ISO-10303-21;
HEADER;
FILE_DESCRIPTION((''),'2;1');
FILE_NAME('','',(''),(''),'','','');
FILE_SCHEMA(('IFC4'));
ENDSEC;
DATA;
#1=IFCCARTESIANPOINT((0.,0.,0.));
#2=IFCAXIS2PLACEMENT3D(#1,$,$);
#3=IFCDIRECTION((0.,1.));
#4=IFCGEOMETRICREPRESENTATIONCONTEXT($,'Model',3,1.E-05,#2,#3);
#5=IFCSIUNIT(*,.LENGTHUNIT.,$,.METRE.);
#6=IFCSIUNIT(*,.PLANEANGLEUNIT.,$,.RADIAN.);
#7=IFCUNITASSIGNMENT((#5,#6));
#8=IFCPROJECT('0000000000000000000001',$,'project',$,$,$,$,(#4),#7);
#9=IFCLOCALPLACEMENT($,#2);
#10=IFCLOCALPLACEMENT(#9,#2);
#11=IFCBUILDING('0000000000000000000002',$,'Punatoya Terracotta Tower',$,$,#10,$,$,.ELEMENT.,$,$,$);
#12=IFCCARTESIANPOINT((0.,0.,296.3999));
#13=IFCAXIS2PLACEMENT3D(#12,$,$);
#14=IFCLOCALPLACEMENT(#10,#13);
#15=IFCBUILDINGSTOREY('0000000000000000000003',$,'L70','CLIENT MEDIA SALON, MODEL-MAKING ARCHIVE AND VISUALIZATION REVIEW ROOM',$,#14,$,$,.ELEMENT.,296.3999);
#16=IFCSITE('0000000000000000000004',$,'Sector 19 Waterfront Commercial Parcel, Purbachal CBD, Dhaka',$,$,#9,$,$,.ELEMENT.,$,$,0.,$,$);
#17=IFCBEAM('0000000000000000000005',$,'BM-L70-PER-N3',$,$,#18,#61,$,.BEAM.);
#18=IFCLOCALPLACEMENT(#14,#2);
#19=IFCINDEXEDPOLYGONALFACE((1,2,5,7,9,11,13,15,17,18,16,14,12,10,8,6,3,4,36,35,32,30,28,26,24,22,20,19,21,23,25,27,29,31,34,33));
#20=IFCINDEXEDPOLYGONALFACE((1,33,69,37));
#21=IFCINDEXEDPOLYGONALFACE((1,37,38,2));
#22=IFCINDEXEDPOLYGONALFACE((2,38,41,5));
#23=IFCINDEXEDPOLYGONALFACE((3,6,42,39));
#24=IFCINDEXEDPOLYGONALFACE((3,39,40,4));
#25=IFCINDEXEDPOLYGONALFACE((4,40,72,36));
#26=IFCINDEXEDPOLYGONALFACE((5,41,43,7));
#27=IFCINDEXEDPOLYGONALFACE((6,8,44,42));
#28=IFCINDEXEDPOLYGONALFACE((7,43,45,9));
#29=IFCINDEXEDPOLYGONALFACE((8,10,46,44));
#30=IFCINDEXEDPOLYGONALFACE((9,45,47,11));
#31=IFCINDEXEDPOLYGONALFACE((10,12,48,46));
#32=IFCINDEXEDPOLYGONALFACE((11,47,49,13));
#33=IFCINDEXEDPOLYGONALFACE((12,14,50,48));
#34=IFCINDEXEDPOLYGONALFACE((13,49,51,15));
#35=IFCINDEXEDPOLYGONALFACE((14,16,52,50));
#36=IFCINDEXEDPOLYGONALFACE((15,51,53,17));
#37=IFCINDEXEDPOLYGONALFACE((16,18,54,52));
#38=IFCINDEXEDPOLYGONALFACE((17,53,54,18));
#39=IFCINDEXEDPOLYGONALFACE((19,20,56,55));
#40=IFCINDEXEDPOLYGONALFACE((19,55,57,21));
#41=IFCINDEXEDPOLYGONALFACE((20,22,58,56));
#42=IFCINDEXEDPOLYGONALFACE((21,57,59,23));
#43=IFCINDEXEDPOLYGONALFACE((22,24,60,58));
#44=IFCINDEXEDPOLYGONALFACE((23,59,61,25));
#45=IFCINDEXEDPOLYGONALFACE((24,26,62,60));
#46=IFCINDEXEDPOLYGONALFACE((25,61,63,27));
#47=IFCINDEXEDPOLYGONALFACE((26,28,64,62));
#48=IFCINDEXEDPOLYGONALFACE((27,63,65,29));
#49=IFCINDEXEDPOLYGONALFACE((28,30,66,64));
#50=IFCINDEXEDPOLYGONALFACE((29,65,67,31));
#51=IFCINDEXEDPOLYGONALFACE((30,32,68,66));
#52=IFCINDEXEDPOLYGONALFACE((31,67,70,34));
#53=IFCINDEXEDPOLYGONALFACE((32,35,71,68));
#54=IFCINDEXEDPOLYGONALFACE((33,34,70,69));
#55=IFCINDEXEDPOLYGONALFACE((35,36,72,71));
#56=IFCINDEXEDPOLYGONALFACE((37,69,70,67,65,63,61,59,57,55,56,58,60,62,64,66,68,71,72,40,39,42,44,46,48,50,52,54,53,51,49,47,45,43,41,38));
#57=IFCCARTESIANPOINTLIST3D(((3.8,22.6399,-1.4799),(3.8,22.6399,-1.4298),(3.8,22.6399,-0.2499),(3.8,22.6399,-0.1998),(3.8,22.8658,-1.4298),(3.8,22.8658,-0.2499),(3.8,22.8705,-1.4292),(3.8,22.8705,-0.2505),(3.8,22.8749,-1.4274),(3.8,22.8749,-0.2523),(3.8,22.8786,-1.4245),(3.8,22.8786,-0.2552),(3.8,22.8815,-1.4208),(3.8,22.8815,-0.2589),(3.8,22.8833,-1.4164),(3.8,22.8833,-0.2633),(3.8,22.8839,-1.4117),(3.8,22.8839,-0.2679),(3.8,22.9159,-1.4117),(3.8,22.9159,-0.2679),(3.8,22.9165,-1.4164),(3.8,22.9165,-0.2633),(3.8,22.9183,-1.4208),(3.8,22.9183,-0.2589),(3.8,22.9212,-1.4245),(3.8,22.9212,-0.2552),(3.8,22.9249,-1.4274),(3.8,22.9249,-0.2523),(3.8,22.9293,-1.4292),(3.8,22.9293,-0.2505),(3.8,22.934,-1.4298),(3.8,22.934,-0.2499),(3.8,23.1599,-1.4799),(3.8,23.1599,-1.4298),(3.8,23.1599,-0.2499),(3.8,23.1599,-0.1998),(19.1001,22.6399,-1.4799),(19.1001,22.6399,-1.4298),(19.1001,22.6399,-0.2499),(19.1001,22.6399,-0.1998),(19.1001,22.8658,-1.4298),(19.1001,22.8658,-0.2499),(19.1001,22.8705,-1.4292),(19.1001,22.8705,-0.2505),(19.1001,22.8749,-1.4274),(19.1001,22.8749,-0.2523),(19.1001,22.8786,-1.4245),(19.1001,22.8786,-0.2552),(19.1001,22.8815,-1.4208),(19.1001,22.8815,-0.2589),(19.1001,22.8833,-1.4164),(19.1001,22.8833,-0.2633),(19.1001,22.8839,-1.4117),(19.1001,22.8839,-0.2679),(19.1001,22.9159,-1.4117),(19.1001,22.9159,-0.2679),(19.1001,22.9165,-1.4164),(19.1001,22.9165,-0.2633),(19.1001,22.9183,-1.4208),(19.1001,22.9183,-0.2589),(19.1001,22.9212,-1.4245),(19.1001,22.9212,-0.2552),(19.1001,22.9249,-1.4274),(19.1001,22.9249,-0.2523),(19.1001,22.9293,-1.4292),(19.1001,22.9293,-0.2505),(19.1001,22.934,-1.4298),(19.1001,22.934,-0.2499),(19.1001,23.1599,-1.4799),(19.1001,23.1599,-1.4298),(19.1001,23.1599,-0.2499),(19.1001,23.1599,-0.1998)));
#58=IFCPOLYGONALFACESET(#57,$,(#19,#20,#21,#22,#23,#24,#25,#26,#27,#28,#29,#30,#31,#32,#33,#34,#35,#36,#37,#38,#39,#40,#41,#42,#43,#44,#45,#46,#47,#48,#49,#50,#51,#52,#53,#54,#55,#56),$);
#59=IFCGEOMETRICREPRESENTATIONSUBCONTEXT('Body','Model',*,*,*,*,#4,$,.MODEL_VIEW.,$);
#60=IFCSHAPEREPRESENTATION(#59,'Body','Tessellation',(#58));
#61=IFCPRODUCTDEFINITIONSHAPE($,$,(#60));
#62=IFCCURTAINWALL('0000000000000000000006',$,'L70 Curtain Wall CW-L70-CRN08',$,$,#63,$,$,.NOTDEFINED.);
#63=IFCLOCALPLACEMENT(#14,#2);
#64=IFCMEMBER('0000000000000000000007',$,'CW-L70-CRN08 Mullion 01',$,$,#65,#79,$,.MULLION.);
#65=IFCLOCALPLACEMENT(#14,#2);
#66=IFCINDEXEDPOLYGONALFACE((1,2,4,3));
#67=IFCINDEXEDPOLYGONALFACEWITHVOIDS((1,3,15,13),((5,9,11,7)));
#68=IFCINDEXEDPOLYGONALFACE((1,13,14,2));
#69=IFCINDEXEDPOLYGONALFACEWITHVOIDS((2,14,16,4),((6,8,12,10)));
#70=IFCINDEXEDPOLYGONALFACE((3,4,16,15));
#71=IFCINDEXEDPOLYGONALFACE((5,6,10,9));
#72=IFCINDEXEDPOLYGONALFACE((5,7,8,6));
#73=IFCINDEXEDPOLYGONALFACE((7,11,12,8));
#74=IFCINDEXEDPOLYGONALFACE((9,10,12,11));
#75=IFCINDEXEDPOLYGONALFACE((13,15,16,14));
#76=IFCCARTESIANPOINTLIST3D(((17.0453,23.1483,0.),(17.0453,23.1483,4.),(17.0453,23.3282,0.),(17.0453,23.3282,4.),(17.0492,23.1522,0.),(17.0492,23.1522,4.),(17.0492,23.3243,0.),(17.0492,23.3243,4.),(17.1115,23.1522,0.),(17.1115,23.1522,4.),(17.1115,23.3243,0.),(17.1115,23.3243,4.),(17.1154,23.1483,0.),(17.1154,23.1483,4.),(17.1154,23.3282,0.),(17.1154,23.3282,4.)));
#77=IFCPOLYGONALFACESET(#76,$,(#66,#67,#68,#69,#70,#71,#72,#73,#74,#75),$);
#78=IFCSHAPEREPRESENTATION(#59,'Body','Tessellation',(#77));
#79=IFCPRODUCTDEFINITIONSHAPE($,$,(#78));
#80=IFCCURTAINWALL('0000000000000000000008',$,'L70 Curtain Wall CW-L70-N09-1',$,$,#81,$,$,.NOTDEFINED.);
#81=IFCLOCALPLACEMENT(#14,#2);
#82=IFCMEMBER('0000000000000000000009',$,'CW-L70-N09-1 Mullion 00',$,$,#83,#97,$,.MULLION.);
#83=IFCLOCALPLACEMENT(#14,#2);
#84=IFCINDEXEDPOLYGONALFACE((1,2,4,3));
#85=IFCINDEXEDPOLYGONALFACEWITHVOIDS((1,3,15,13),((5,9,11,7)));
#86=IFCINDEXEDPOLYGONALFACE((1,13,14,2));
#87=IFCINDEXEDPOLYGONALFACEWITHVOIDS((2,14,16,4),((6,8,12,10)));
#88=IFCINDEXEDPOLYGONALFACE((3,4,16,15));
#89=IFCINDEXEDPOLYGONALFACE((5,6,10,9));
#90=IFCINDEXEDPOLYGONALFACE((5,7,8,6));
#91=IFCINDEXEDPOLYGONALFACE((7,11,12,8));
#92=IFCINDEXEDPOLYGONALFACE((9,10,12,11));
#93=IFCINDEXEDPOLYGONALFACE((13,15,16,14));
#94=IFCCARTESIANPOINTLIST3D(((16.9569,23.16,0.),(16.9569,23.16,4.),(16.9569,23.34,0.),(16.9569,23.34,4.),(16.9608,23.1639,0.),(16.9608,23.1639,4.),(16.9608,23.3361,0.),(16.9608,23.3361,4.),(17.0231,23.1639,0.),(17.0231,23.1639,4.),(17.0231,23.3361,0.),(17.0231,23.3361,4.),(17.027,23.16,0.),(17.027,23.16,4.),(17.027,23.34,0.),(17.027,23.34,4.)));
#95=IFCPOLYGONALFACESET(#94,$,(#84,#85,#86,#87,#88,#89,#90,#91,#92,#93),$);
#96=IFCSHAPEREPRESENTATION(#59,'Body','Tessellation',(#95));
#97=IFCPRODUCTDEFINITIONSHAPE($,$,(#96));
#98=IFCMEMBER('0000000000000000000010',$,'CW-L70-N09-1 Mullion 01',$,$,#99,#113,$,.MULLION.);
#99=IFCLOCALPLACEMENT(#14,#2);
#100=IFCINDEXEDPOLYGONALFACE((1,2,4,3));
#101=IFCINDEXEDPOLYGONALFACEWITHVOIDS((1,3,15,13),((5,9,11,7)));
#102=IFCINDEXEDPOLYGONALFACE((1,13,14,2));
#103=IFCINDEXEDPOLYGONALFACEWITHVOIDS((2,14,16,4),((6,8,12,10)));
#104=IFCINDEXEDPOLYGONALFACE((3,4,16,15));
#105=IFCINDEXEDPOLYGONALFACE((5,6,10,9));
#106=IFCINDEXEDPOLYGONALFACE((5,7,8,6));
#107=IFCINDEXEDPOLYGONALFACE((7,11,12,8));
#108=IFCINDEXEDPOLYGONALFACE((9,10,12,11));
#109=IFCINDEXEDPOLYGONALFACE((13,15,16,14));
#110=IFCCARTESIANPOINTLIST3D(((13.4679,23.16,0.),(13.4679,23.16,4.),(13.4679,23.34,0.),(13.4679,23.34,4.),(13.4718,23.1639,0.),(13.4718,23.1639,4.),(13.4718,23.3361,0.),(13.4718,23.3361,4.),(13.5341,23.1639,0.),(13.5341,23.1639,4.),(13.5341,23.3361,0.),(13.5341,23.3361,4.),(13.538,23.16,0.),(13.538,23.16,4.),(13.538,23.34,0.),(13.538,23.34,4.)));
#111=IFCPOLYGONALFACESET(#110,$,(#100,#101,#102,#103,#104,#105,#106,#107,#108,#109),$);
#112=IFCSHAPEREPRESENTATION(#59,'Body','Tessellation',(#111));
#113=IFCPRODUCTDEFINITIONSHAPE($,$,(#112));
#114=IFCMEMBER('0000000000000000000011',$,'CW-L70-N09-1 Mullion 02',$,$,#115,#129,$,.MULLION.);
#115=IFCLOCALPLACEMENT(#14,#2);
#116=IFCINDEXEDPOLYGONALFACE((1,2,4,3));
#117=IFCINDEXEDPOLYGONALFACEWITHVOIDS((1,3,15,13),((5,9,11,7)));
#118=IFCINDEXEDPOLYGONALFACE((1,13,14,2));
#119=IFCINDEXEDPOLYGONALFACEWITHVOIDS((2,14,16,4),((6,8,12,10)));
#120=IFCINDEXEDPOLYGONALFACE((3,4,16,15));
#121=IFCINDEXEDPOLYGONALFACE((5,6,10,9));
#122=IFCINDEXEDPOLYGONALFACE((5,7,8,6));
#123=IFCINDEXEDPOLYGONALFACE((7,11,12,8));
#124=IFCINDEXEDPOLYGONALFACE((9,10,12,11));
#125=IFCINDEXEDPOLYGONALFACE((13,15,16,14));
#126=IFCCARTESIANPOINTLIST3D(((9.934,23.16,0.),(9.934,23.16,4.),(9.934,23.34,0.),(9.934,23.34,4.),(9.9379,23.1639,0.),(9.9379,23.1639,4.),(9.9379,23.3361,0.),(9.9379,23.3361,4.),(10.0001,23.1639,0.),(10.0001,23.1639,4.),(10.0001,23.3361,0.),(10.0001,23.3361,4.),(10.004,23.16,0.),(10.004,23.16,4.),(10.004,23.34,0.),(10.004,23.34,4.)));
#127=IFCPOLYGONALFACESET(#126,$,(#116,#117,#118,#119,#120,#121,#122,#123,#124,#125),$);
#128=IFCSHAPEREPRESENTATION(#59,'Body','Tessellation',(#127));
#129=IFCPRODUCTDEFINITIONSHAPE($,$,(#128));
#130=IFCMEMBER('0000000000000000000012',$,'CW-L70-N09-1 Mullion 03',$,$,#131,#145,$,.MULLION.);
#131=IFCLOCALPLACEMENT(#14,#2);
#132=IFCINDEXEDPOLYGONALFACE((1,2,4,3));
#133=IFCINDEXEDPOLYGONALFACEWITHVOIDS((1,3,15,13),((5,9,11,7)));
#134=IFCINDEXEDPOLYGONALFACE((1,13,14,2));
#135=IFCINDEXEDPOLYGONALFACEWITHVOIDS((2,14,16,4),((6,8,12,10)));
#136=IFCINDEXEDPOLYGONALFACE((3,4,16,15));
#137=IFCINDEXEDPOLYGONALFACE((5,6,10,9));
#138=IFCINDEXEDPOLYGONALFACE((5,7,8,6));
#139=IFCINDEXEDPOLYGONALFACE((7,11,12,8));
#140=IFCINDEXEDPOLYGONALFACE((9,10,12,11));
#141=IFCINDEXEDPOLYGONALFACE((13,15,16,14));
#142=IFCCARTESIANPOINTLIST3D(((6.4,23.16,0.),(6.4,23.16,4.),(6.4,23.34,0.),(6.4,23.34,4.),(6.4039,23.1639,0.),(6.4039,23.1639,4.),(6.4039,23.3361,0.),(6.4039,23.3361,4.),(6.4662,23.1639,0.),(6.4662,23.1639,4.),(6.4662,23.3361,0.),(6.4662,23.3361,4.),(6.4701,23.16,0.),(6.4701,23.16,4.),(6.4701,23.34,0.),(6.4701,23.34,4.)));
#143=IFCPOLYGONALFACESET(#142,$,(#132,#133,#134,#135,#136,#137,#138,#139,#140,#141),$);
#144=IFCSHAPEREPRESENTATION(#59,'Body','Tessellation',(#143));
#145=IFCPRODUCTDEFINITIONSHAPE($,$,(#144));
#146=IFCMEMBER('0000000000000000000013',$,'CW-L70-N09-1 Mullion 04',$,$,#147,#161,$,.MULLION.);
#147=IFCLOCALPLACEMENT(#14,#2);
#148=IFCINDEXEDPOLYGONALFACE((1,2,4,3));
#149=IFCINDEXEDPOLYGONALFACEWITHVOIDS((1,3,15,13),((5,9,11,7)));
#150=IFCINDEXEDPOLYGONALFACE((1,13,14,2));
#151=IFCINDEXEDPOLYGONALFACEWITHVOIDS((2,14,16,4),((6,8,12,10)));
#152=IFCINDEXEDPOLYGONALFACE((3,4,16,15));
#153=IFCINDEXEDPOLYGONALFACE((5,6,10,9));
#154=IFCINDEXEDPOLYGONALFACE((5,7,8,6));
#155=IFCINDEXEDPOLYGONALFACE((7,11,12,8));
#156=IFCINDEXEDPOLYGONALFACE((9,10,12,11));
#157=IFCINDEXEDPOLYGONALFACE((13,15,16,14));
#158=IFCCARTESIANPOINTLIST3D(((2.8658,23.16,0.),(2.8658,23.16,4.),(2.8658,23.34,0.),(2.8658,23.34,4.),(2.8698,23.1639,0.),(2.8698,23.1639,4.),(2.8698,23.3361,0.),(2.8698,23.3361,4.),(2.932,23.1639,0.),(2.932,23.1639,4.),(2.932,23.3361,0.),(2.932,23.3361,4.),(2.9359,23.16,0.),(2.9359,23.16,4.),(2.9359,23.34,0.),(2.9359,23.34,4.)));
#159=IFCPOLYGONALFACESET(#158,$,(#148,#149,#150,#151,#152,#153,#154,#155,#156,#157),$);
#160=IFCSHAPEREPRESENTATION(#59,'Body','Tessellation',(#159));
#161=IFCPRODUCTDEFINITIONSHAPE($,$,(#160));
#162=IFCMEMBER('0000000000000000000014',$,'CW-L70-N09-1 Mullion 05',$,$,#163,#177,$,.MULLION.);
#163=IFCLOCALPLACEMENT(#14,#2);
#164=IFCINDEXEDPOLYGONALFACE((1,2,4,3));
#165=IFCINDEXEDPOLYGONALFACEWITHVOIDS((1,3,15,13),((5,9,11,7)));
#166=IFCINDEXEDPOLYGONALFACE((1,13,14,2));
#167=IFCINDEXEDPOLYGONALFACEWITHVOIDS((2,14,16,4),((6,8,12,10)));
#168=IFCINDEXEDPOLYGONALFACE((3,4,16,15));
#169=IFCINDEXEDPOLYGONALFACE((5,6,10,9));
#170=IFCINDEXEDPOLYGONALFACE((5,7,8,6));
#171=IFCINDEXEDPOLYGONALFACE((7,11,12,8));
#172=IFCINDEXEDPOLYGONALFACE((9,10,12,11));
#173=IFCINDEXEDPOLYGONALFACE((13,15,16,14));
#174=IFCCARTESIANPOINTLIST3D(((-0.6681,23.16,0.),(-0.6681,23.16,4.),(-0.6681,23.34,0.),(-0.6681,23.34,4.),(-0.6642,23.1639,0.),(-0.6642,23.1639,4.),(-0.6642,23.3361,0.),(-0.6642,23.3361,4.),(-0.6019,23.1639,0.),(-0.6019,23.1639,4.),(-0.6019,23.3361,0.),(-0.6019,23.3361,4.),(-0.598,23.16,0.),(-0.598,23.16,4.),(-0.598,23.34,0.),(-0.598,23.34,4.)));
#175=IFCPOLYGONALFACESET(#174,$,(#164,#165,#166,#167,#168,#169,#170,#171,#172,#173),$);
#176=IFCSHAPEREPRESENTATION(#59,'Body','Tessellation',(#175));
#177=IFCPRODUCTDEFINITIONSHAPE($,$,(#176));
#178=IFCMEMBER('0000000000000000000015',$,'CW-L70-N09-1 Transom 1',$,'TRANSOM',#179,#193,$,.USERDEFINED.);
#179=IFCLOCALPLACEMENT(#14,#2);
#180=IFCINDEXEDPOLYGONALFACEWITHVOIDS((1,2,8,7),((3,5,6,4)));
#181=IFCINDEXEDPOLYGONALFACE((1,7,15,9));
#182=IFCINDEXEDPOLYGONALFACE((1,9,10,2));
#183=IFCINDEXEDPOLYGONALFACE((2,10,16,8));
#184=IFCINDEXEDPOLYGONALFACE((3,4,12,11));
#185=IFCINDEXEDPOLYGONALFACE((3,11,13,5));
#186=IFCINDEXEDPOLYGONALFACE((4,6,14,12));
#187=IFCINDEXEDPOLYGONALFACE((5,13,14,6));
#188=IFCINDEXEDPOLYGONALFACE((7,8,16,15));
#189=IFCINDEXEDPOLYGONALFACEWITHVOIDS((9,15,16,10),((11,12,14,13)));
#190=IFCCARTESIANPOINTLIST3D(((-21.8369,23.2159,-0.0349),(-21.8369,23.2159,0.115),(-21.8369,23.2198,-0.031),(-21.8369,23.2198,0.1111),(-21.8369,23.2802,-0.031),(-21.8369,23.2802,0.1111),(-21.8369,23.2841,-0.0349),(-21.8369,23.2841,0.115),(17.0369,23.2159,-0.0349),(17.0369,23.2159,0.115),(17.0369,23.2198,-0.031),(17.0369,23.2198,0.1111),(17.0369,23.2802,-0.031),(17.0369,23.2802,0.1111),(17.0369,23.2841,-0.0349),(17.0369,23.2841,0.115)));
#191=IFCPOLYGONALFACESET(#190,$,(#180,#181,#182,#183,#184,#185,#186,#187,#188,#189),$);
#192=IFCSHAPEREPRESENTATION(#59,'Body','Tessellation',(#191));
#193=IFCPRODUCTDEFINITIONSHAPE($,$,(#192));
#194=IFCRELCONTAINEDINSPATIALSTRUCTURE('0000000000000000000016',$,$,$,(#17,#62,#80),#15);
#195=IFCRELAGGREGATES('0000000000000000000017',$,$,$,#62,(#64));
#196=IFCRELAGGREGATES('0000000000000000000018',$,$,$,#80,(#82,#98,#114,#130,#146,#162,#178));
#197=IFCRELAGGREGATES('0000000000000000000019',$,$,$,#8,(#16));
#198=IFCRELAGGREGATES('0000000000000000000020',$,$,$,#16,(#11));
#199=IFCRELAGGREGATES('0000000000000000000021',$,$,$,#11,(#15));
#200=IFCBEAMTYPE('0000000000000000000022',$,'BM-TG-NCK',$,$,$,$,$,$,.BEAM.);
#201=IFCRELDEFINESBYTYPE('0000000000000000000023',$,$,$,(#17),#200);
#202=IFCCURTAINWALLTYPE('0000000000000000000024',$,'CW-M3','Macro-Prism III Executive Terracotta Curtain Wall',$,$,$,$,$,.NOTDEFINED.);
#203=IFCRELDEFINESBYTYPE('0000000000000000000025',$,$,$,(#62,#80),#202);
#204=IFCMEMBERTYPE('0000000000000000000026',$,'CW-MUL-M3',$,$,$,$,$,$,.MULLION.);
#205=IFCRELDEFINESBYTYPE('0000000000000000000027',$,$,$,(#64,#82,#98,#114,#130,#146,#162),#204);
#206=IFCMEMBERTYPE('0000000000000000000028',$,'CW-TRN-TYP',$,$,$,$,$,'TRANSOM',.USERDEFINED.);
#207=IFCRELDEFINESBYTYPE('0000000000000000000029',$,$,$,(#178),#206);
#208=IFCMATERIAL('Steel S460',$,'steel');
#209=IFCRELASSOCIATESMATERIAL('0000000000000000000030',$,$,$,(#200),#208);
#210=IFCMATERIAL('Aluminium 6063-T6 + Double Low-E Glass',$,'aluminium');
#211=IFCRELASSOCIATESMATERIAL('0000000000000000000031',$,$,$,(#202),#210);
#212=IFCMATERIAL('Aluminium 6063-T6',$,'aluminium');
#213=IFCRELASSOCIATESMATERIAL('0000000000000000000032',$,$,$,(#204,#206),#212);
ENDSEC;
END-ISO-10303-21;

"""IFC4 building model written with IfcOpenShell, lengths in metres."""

from ifc_helpers import new_model, si_unit, direction, frame, origin, origin_2d, place, context, subcontext, project, spatial, hollow_rectangle, i_section, extrude, material, material_profile, profile_set, type_object, element, aggregate, save


model = new_model("IFC4")

# Units and contexts
model_context = context("Model", 3, precision=1e-05, world=origin(), true_north=direction((0.0, 1.0)))
body_context = subcontext(model_context, "Body", "Model", "MODEL_VIEW")
ifc_project = project(units=[si_unit("LENGTHUNIT", "METRE"), si_unit("PLANEANGLEUNIT", "RADIAN")], contexts=[model_context])

# Site, building, storey
site_placement = place(None, origin())
site = spatial("IfcSite", under=ifc_project, at=site_placement, Name="Sector 19 Waterfront Commercial Parcel, Purbachal CBD, Dhaka", CompositionType="ELEMENT", RefElevation=0.0)
building_placement = place(site_placement, origin())
building = spatial("IfcBuilding", under=site, at=building_placement, Name="Punatoya Terracotta Tower", CompositionType="ELEMENT")
storey_placement = place(building_placement, frame((0.0, 0.0, 296.3999)))
storey = spatial("IfcBuildingStorey", under=building, at=storey_placement, Name="L70", Description="CLIENT MEDIA SALON, MODEL-MAKING ARCHIVE AND VISUALIZATION REVIEW ROOM", CompositionType="ELEMENT", Elevation=296.3999)

# Shared definitions
ifc_material_1 = material(Name="Steel S460", Category="steel")

# Beam
ifc_material_profile_1 = material_profile(ifc_material_1, i_section(OverallWidth=0.52, OverallDepth=1.28, WebThickness=0.032, FlangeThickness=0.05, FilletRadius=0.0181, at=origin_2d()))
ifc_profile_set_1 = profile_set([ifc_material_profile_1], Name="Steel S460")
beam_type_1 = type_object("IfcBeamType", Name="BM-TG-NCK", PredefinedType="BEAM", material=ifc_profile_set_1)
beam_1_placement = place(storey_placement, frame((3.8, 22.8999, -0.8398), z_axis=(1.0, 0.0, 0.0), x_axis=(0.0, 1.0, 0.0)))
element("IfcBeam", 1, at=beam_1_placement, inside=storey, type_object=beam_type_1, Name="BM-L70-PER-N3", PredefinedType="BEAM", context=body_context, shape_type="SweptSolid", body=[
    extrude(i_section(OverallWidth=0.52, OverallDepth=1.28, WebThickness=0.032, FlangeThickness=0.05, FilletRadius=0.0181, at=origin_2d()), origin(), (0.0, 0.0, 1.0), 15.3),
])

# Curtain wall, member
ifc_material_2 = material(Name="Aluminium 6063-T6 + Double Low-E Glass", Category="aluminium")
curtain_wall_type = type_object("IfcCurtainWallType", Name="CW-M3", Description="Macro-Prism III Executive Terracotta Curtain Wall", PredefinedType="NOTDEFINED", material=ifc_material_2)
curtain_wall_1_placement = place(storey_placement, origin())
curtain_wall_1 = element("IfcCurtainWall", 2, at=curtain_wall_1_placement, inside=storey, type_object=curtain_wall_type, Name="L70 Curtain Wall CW-L70-CRN08", PredefinedType="NOTDEFINED")
ifc_material_3 = material(Name="Aluminium 6063-T6", Category="aluminium")
ifc_material_profile_2 = material_profile(ifc_material_3, hollow_rectangle(XDim=0.0701, YDim=0.1799, WallThickness=0.0039, at=origin_2d()))
ifc_profile_set_2 = profile_set([ifc_material_profile_2], Name="Aluminium 6063-T6")
member_type_1 = type_object("IfcMemberType", Name="CW-MUL-M3", PredefinedType="MULLION", material=ifc_profile_set_2)
member_1_placement = place(storey_placement, frame((17.0803, 23.2383, 0.0), z_axis=(0.0, 0.0, 1.0), x_axis=(1.0, 0.0, 0.0)))
member_1 = element("IfcMember", 3, at=member_1_placement, type_object=member_type_1, Name="CW-L70-CRN08 Mullion 01", PredefinedType="MULLION", context=body_context, shape_type="SweptSolid", body=[
    extrude(hollow_rectangle(XDim=0.0701, YDim=0.1799, WallThickness=0.0039, at=origin_2d()), origin(), (0.0, 0.0, 1.0), 4.0),
])

# Curtain wall, members
curtain_wall_2_placement = place(storey_placement, origin())
curtain_wall_2 = element("IfcCurtainWall", 4, at=curtain_wall_2_placement, inside=storey, type_object=curtain_wall_type, Name="L70 Curtain Wall CW-L70-N09-1", PredefinedType="NOTDEFINED")
member_2_placement = place(storey_placement, frame((16.9919, 23.25, 0.0), z_axis=(0.0, 0.0, 1.0), x_axis=(1.0, 0.0, 0.0)))
member_2 = element("IfcMember", 5, at=member_2_placement, type_object=member_type_1, Name="CW-L70-N09-1 Mullion 00", PredefinedType="MULLION", context=body_context, shape_type="SweptSolid", body=[
    extrude(hollow_rectangle(XDim=0.0701, YDim=0.1799, WallThickness=0.0039, at=origin_2d()), origin(), (0.0, 0.0, 1.0), 4.0),
])
member_3_placement = place(storey_placement, frame((13.5029, 23.25, 0.0), z_axis=(0.0, 0.0, 1.0), x_axis=(1.0, 0.0, 0.0)))
member_3 = element("IfcMember", 6, at=member_3_placement, type_object=member_type_1, Name="CW-L70-N09-1 Mullion 01", PredefinedType="MULLION", context=body_context, shape_type="SweptSolid", body=[
    extrude(hollow_rectangle(XDim=0.0701, YDim=0.1799, WallThickness=0.0039, at=origin_2d()), origin(), (0.0, 0.0, 1.0), 4.0),
])
member_4_placement = place(storey_placement, frame((9.969, 23.25, 0.0), z_axis=(0.0, 0.0, 1.0), x_axis=(1.0, 0.0, 0.0)))
member_4 = element("IfcMember", 7, at=member_4_placement, type_object=member_type_1, Name="CW-L70-N09-1 Mullion 02", PredefinedType="MULLION", context=body_context, shape_type="SweptSolid", body=[
    extrude(hollow_rectangle(XDim=0.0701, YDim=0.1799, WallThickness=0.0039, at=origin_2d()), origin(), (0.0, 0.0, 1.0), 4.0),
])
member_5_placement = place(storey_placement, frame((6.4351, 23.25, 0.0), z_axis=(0.0, 0.0, 1.0), x_axis=(1.0, 0.0, 0.0)))
member_5 = element("IfcMember", 8, at=member_5_placement, type_object=member_type_1, Name="CW-L70-N09-1 Mullion 03", PredefinedType="MULLION", context=body_context, shape_type="SweptSolid", body=[
    extrude(hollow_rectangle(XDim=0.0701, YDim=0.1799, WallThickness=0.0039, at=origin_2d()), origin(), (0.0, 0.0, 1.0), 4.0),
])
member_6_placement = place(storey_placement, frame((2.9009, 23.25, 0.0), z_axis=(0.0, 0.0, 1.0), x_axis=(1.0, 0.0, 0.0)))
member_6 = element("IfcMember", 9, at=member_6_placement, type_object=member_type_1, Name="CW-L70-N09-1 Mullion 04", PredefinedType="MULLION", context=body_context, shape_type="SweptSolid", body=[
    extrude(hollow_rectangle(XDim=0.0701, YDim=0.1799, WallThickness=0.0039, at=origin_2d()), origin(), (0.0, 0.0, 1.0), 4.0),
])
member_7_placement = place(storey_placement, frame((-0.6331, 23.25, 0.0), z_axis=(0.0, 0.0, 1.0), x_axis=(1.0, 0.0, 0.0)))
member_7 = element("IfcMember", 10, at=member_7_placement, type_object=member_type_1, Name="CW-L70-N09-1 Mullion 05", PredefinedType="MULLION", context=body_context, shape_type="SweptSolid", body=[
    extrude(hollow_rectangle(XDim=0.0701, YDim=0.1799, WallThickness=0.0039, at=origin_2d()), origin(), (0.0, 0.0, 1.0), 4.0),
])
ifc_material_profile_3 = material_profile(ifc_material_3, hollow_rectangle(XDim=0.0681, YDim=0.1499, WallThickness=0.0039, at=origin_2d()))
ifc_profile_set_3 = profile_set([ifc_material_profile_3], Name="Aluminium 6063-T6")
member_type_2 = type_object("IfcMemberType", Name="CW-TRN-TYP", ElementType="TRANSOM", PredefinedType="USERDEFINED", material=ifc_profile_set_3)
member_8_placement = place(storey_placement, frame((17.0369, 23.25, 0.04), z_axis=(-1.0, 0.0, 0.0), x_axis=(0.0, -1.0, 0.0)))
member_8 = element("IfcMember", 11, at=member_8_placement, type_object=member_type_2, Name="CW-L70-N09-1 Transom 1", ObjectType="TRANSOM", PredefinedType="USERDEFINED", context=body_context, shape_type="SweptSolid", body=[
    extrude(hollow_rectangle(XDim=0.0681, YDim=0.1499, WallThickness=0.0039, at=origin_2d()), origin(), (0.0, 0.0, 1.0), 38.8738),
])

aggregate(curtain_wall_1, [member_1])
aggregate(curtain_wall_2, [member_2, member_3, member_4, member_5, member_6, member_7, member_8])

save(model, "model.ifc")
